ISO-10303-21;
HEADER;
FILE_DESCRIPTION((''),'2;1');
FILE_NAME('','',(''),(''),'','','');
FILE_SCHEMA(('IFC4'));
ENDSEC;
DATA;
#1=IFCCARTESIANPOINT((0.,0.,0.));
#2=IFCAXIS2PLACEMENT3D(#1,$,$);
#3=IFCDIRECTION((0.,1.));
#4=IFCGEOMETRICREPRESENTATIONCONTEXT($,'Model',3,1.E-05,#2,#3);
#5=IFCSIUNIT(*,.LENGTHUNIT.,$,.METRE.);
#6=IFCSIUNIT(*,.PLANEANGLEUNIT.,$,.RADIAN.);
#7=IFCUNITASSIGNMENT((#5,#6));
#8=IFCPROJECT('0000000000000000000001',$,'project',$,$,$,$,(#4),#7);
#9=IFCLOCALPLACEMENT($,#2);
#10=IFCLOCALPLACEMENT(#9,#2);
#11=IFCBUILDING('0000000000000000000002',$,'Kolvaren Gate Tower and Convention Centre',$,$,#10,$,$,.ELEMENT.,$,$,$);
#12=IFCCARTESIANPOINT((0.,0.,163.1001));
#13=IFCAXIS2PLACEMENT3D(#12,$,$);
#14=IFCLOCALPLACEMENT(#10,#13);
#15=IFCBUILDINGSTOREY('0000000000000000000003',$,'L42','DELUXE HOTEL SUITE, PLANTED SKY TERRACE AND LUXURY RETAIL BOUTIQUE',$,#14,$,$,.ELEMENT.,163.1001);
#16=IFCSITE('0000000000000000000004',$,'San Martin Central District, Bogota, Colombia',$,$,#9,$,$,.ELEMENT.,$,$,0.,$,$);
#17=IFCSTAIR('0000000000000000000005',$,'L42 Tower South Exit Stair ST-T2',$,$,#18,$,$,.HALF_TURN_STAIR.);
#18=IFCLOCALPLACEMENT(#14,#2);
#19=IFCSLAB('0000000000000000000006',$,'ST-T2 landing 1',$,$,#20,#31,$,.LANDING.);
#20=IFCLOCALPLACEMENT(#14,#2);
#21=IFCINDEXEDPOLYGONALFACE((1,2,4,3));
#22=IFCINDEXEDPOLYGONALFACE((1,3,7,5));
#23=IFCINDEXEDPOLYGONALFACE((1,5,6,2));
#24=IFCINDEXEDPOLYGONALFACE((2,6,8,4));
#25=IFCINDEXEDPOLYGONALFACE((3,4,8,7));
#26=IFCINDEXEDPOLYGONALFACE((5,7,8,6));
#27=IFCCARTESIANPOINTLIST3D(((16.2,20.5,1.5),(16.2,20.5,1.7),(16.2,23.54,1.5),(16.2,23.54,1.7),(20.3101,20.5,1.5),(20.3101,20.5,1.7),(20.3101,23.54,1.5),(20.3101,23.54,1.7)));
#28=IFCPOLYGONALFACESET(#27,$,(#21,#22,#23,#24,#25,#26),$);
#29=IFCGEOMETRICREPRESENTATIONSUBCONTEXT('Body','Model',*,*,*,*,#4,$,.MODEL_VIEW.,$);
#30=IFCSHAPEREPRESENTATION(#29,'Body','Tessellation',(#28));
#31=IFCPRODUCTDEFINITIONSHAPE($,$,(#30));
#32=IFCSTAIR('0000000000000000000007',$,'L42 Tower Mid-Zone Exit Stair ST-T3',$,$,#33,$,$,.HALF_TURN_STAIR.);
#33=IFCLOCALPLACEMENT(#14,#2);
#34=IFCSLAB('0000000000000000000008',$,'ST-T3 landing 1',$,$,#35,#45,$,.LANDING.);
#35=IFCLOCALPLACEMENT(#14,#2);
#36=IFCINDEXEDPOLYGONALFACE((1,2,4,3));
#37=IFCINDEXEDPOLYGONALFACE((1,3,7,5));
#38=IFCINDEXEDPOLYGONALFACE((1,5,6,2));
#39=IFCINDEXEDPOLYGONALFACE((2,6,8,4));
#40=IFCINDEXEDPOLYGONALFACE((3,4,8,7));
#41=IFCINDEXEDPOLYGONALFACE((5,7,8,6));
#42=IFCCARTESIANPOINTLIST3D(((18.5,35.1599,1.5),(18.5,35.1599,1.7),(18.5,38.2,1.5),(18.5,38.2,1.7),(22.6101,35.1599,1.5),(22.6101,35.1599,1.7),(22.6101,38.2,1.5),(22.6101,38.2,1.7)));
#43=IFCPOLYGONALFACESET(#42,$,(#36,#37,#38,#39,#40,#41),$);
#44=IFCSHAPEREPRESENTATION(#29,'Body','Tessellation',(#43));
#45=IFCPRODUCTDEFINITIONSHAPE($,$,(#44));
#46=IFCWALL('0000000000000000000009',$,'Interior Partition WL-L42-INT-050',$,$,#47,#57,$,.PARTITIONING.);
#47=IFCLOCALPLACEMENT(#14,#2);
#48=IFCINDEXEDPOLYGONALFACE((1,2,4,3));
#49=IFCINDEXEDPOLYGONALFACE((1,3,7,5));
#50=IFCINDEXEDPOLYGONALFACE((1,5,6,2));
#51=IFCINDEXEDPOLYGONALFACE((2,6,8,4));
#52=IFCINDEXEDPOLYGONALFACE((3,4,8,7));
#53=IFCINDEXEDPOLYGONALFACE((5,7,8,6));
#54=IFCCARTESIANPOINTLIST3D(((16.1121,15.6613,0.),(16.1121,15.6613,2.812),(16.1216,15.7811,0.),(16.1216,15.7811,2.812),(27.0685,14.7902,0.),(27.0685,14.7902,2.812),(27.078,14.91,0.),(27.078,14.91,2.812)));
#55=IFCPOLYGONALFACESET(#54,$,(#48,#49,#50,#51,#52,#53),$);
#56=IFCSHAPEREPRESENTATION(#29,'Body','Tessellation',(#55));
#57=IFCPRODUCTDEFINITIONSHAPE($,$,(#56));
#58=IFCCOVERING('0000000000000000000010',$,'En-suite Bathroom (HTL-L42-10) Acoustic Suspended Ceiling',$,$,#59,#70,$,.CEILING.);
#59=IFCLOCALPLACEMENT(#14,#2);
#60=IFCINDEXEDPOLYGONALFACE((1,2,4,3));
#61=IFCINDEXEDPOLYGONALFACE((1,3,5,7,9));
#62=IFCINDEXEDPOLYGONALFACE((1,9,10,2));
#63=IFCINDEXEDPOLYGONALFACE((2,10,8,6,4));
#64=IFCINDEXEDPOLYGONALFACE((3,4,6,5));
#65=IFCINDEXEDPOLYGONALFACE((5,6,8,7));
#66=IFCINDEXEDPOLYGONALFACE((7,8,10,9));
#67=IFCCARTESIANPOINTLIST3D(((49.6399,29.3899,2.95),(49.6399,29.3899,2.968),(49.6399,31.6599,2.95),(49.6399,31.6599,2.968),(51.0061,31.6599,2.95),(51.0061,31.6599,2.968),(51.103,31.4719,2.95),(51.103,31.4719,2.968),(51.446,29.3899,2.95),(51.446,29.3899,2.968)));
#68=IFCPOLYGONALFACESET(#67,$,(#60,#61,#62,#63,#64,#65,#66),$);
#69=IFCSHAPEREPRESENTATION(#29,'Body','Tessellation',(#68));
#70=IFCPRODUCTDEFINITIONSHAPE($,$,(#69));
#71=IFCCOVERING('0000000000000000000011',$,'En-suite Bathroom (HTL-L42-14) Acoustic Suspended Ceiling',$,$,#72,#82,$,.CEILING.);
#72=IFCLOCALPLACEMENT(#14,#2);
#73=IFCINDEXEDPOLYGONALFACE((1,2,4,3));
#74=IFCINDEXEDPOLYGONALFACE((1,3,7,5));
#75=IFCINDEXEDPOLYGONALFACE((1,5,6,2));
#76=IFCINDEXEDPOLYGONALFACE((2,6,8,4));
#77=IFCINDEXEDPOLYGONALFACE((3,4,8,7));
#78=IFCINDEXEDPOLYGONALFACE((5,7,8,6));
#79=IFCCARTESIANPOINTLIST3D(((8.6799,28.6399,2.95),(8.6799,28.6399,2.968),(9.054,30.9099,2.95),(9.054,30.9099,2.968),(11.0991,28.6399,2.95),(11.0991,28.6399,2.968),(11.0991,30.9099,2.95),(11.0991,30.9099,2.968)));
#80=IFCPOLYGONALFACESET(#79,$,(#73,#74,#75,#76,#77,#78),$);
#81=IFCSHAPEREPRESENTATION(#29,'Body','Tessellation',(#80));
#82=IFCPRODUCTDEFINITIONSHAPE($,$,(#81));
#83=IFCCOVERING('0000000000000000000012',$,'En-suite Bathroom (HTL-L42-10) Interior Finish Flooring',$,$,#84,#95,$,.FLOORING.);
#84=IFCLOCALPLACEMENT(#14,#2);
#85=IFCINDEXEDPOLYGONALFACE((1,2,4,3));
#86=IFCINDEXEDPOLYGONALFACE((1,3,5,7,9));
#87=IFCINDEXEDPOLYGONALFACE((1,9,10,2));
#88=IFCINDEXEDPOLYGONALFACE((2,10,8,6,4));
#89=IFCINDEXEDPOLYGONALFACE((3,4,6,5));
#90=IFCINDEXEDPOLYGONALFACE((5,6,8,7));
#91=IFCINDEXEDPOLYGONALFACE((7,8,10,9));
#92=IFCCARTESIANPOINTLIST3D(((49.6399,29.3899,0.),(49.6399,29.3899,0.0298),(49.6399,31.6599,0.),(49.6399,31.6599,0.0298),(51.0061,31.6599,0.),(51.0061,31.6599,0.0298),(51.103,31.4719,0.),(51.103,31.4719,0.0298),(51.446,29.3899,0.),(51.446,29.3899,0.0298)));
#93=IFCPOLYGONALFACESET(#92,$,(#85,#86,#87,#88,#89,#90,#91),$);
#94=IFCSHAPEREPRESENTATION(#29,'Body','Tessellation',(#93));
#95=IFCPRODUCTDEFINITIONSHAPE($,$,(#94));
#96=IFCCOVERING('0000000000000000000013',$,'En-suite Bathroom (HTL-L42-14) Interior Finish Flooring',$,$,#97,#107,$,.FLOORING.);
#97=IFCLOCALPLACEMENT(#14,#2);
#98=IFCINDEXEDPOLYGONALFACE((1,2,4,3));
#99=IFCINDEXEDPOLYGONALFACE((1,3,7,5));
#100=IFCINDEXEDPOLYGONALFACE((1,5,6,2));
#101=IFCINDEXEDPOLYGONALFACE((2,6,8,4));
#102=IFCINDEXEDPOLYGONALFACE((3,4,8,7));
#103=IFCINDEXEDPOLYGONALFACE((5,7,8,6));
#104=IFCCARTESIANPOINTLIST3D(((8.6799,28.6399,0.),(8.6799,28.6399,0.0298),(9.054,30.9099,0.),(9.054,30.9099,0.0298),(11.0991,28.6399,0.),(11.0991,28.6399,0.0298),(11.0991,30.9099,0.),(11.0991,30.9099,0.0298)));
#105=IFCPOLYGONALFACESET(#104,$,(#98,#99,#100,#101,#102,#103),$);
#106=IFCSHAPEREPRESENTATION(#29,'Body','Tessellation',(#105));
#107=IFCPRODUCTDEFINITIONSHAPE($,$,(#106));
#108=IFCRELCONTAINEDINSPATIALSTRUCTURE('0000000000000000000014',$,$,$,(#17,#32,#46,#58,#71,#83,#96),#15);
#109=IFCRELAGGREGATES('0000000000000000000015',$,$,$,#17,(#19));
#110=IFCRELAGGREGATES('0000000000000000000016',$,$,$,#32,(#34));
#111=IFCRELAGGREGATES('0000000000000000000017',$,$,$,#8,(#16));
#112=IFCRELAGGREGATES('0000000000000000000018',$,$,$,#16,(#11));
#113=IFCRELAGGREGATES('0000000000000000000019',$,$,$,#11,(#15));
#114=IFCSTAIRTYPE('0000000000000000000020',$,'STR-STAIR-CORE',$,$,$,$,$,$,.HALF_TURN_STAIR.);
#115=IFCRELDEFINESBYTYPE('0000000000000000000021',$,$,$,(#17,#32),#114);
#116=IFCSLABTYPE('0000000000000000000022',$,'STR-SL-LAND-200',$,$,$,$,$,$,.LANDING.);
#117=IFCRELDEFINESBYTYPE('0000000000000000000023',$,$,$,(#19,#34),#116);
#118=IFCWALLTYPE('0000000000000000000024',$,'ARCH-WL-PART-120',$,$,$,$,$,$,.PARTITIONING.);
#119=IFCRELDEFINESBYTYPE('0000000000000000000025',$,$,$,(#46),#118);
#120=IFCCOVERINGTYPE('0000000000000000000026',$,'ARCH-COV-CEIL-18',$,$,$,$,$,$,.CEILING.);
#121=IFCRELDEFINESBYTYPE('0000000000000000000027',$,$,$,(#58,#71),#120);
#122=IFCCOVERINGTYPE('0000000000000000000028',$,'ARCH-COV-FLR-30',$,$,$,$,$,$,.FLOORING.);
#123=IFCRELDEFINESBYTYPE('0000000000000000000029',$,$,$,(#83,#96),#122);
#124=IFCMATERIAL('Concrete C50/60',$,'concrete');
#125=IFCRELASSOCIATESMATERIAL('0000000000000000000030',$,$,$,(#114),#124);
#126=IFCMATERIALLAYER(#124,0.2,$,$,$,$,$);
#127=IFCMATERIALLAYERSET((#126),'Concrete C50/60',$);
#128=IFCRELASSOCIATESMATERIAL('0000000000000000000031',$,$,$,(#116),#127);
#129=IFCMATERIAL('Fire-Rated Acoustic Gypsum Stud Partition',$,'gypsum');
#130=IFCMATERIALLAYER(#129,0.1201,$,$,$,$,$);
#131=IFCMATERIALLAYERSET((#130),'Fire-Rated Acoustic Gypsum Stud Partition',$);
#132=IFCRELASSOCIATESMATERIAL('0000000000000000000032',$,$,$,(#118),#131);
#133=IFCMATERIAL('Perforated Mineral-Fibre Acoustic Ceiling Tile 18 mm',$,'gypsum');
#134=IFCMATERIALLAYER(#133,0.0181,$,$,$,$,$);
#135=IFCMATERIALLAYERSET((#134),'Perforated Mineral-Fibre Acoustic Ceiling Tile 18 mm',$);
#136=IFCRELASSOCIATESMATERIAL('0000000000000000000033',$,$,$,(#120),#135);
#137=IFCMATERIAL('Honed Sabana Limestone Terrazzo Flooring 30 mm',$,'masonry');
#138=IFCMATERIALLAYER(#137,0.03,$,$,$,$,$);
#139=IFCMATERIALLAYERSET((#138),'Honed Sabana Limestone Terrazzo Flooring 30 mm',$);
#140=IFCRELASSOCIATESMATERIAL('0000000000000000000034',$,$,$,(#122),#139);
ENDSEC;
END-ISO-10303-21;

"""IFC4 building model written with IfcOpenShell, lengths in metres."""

from ifc_helpers import new_model, si_unit, direction, frame, frame_2d, origin, place, context, subcontext, project, spatial, polyline, rectangle, outline, extrude, material, layer, layer_set, type_object, element, aggregate, save


model = new_model("IFC4")

# Units and contexts
model_context = context("Model", 3, precision=1e-05, world=origin(), true_north=direction((0.0, 1.0)))
body_context = subcontext(model_context, "Body", "Model", "MODEL_VIEW")
ifc_project = project(units=[si_unit("LENGTHUNIT", "METRE"), si_unit("PLANEANGLEUNIT", "RADIAN")], contexts=[model_context])

# Site, building, storey
site_placement = place(None, origin())
site = spatial("IfcSite", under=ifc_project, at=site_placement, Name="San Martin Central District, Bogota, Colombia", CompositionType="ELEMENT", RefElevation=0.0)
building_placement = place(site_placement, origin())
building = spatial("IfcBuilding", under=site, at=building_placement, Name="Kolvaren Gate Tower and Convention Centre", CompositionType="ELEMENT")
storey_placement = place(building_placement, frame((0.0, 0.0, 163.1001)))
storey = spatial("IfcBuildingStorey", under=building, at=storey_placement, Name="L42", Description="DELUXE HOTEL SUITE, PLANTED SKY TERRACE AND LUXURY RETAIL BOUTIQUE", CompositionType="ELEMENT", Elevation=163.1001)

# Shared definitions
ifc_material_1 = material(Name="Concrete C50/60", Category="concrete")

# Stairs, slabs
stair_type = type_object("IfcStairType", Name="STR-STAIR-CORE", PredefinedType="HALF_TURN_STAIR", material=ifc_material_1)
ifc_layer_1 = layer(ifc_material_1, 0.2)
ifc_layer_set_1 = layer_set([ifc_layer_1], Name="Concrete C50/60")
slab_type_1 = type_object("IfcSlabType", Name="STR-SL-LAND-200", PredefinedType="LANDING", material=ifc_layer_set_1)
stair_1_placement = place(storey_placement, origin())
stair_1 = element("IfcStair", 1, at=stair_1_placement, inside=storey, type_object=stair_type, Name="L42 Tower South Exit Stair ST-T2", PredefinedType="HALF_TURN_STAIR")
slab_1_placement = place(storey_placement, frame((0.0, 0.0, 1.5)))
slab_1 = element("IfcSlab", 2, at=slab_1_placement, type_object=slab_type_1, Name="ST-T2 landing 1", PredefinedType="LANDING", context=body_context, shape_type="SweptSolid", body=[
    extrude(outline(polyline([(20.3101, 23.54), (16.2, 23.54), (16.2, 20.5), (20.3101, 20.5), (20.3101, 23.54)])), origin(), (0.0, 0.0, 1.0), 0.2),
])
aggregate(stair_1, [slab_1])
stair_2_placement = place(storey_placement, origin())
stair_2 = element("IfcStair", 3, at=stair_2_placement, inside=storey, type_object=stair_type, Name="L42 Tower Mid-Zone Exit Stair ST-T3", PredefinedType="HALF_TURN_STAIR")
slab_2_placement = place(storey_placement, frame((0.0, 0.0, 1.5)))
slab_2 = element("IfcSlab", 4, at=slab_2_placement, type_object=slab_type_1, Name="ST-T3 landing 1", PredefinedType="LANDING", context=body_context, shape_type="SweptSolid", body=[
    extrude(outline(polyline([(22.6101, 38.2), (18.5, 38.2), (18.5, 35.1599), (22.6101, 35.1599), (22.6101, 38.2)])), origin(), (0.0, 0.0, 1.0), 0.2),
])
aggregate(stair_2, [slab_2])

# Wall
ifc_material_2 = material(Name="Fire-Rated Acoustic Gypsum Stud Partition", Category="gypsum")
ifc_layer_2 = layer(ifc_material_2, 0.1201)
ifc_layer_set_2 = layer_set([ifc_layer_2], Name="Fire-Rated Acoustic Gypsum Stud Partition")
wall_type = type_object("IfcWallType", Name="ARCH-WL-PART-120", PredefinedType="PARTITIONING", material=ifc_layer_set_2)
wall_placement = place(storey_placement, frame((16.1167, 15.7212, 0.0), z_axis=(0.0, 0.0, 1.0), x_axis=(0.996854, -0.079256, 0.0)))
element("IfcWall", 5, at=wall_placement, inside=storey, type_object=wall_type, Name="Interior Partition WL-L42-INT-050", PredefinedType="PARTITIONING", context=body_context, shape_type="SweptSolid", body=[
    extrude(rectangle(XDim=10.991, YDim=0.1201, at=frame_2d((5.4956, 0.0))), origin(), (0.0, 0.0, 1.0), 2.812),
])

# Coverings
ifc_material_3 = material(Name="Perforated Mineral-Fibre Acoustic Ceiling Tile 18 mm", Category="gypsum")
ifc_layer_3 = layer(ifc_material_3, 0.0181)
ifc_layer_set_3 = layer_set([ifc_layer_3], Name="Perforated Mineral-Fibre Acoustic Ceiling Tile 18 mm")
covering_type_1 = type_object("IfcCoveringType", Name="ARCH-COV-CEIL-18", PredefinedType="CEILING", material=ifc_layer_set_3)
covering_1_placement = place(storey_placement, frame((0.0, 0.0, 2.95)))
element("IfcCovering", 6, at=covering_1_placement, inside=storey, type_object=covering_type_1, Name="En-suite Bathroom (HTL-L42-10) Acoustic Suspended Ceiling", PredefinedType="CEILING", context=body_context, shape_type="SweptSolid", body=[
    extrude(outline(polyline([(49.6399, 29.3899), (49.6399, 31.6599), (51.0061, 31.6599), (51.103, 31.4719), (51.446, 29.3899), (49.6399, 29.3899)])), origin(), (0.0, 0.0, 1.0), 0.0181),
])
covering_2_placement = place(storey_placement, frame((0.0, 0.0, 2.95)))
element("IfcCovering", 7, at=covering_2_placement, inside=storey, type_object=covering_type_1, Name="En-suite Bathroom (HTL-L42-14) Acoustic Suspended Ceiling", PredefinedType="CEILING", context=body_context, shape_type="SweptSolid", body=[
    extrude(outline(polyline([(11.0991, 30.9099), (11.0991, 28.6399), (8.6799, 28.6399), (9.054, 30.9099), (11.0991, 30.9099)])), origin(), (0.0, 0.0, 1.0), 0.0181),
])
ifc_material_4 = material(Name="Honed Sabana Limestone Terrazzo Flooring 30 mm", Category="masonry")
ifc_layer_4 = layer(ifc_material_4, 0.03)
ifc_layer_set_4 = layer_set([ifc_layer_4], Name="Honed Sabana Limestone Terrazzo Flooring 30 mm")
covering_type_2 = type_object("IfcCoveringType", Name="ARCH-COV-FLR-30", PredefinedType="FLOORING", material=ifc_layer_set_4)
covering_3_placement = place(storey_placement, origin())
element("IfcCovering", 8, at=covering_3_placement, inside=storey, type_object=covering_type_2, Name="En-suite Bathroom (HTL-L42-10) Interior Finish Flooring", PredefinedType="FLOORING", context=body_context, shape_type="SweptSolid", body=[
    extrude(outline(polyline([(49.6399, 29.3899), (49.6399, 31.6599), (51.0061, 31.6599), (51.103, 31.4719), (51.446, 29.3899), (49.6399, 29.3899)])), origin(), (0.0, 0.0, 1.0), 0.0298),
])
covering_4_placement = place(storey_placement, origin())
element("IfcCovering", 9, at=covering_4_placement, inside=storey, type_object=covering_type_2, Name="En-suite Bathroom (HTL-L42-14) Interior Finish Flooring", PredefinedType="FLOORING", context=body_context, shape_type="SweptSolid", body=[
    extrude(outline(polyline([(11.0991, 30.9099), (11.0991, 28.6399), (8.6799, 28.6399), (9.054, 30.9099), (11.0991, 30.9099)])), origin(), (0.0, 0.0, 1.0), 0.0298),
])

save(model, "model.ifc")
